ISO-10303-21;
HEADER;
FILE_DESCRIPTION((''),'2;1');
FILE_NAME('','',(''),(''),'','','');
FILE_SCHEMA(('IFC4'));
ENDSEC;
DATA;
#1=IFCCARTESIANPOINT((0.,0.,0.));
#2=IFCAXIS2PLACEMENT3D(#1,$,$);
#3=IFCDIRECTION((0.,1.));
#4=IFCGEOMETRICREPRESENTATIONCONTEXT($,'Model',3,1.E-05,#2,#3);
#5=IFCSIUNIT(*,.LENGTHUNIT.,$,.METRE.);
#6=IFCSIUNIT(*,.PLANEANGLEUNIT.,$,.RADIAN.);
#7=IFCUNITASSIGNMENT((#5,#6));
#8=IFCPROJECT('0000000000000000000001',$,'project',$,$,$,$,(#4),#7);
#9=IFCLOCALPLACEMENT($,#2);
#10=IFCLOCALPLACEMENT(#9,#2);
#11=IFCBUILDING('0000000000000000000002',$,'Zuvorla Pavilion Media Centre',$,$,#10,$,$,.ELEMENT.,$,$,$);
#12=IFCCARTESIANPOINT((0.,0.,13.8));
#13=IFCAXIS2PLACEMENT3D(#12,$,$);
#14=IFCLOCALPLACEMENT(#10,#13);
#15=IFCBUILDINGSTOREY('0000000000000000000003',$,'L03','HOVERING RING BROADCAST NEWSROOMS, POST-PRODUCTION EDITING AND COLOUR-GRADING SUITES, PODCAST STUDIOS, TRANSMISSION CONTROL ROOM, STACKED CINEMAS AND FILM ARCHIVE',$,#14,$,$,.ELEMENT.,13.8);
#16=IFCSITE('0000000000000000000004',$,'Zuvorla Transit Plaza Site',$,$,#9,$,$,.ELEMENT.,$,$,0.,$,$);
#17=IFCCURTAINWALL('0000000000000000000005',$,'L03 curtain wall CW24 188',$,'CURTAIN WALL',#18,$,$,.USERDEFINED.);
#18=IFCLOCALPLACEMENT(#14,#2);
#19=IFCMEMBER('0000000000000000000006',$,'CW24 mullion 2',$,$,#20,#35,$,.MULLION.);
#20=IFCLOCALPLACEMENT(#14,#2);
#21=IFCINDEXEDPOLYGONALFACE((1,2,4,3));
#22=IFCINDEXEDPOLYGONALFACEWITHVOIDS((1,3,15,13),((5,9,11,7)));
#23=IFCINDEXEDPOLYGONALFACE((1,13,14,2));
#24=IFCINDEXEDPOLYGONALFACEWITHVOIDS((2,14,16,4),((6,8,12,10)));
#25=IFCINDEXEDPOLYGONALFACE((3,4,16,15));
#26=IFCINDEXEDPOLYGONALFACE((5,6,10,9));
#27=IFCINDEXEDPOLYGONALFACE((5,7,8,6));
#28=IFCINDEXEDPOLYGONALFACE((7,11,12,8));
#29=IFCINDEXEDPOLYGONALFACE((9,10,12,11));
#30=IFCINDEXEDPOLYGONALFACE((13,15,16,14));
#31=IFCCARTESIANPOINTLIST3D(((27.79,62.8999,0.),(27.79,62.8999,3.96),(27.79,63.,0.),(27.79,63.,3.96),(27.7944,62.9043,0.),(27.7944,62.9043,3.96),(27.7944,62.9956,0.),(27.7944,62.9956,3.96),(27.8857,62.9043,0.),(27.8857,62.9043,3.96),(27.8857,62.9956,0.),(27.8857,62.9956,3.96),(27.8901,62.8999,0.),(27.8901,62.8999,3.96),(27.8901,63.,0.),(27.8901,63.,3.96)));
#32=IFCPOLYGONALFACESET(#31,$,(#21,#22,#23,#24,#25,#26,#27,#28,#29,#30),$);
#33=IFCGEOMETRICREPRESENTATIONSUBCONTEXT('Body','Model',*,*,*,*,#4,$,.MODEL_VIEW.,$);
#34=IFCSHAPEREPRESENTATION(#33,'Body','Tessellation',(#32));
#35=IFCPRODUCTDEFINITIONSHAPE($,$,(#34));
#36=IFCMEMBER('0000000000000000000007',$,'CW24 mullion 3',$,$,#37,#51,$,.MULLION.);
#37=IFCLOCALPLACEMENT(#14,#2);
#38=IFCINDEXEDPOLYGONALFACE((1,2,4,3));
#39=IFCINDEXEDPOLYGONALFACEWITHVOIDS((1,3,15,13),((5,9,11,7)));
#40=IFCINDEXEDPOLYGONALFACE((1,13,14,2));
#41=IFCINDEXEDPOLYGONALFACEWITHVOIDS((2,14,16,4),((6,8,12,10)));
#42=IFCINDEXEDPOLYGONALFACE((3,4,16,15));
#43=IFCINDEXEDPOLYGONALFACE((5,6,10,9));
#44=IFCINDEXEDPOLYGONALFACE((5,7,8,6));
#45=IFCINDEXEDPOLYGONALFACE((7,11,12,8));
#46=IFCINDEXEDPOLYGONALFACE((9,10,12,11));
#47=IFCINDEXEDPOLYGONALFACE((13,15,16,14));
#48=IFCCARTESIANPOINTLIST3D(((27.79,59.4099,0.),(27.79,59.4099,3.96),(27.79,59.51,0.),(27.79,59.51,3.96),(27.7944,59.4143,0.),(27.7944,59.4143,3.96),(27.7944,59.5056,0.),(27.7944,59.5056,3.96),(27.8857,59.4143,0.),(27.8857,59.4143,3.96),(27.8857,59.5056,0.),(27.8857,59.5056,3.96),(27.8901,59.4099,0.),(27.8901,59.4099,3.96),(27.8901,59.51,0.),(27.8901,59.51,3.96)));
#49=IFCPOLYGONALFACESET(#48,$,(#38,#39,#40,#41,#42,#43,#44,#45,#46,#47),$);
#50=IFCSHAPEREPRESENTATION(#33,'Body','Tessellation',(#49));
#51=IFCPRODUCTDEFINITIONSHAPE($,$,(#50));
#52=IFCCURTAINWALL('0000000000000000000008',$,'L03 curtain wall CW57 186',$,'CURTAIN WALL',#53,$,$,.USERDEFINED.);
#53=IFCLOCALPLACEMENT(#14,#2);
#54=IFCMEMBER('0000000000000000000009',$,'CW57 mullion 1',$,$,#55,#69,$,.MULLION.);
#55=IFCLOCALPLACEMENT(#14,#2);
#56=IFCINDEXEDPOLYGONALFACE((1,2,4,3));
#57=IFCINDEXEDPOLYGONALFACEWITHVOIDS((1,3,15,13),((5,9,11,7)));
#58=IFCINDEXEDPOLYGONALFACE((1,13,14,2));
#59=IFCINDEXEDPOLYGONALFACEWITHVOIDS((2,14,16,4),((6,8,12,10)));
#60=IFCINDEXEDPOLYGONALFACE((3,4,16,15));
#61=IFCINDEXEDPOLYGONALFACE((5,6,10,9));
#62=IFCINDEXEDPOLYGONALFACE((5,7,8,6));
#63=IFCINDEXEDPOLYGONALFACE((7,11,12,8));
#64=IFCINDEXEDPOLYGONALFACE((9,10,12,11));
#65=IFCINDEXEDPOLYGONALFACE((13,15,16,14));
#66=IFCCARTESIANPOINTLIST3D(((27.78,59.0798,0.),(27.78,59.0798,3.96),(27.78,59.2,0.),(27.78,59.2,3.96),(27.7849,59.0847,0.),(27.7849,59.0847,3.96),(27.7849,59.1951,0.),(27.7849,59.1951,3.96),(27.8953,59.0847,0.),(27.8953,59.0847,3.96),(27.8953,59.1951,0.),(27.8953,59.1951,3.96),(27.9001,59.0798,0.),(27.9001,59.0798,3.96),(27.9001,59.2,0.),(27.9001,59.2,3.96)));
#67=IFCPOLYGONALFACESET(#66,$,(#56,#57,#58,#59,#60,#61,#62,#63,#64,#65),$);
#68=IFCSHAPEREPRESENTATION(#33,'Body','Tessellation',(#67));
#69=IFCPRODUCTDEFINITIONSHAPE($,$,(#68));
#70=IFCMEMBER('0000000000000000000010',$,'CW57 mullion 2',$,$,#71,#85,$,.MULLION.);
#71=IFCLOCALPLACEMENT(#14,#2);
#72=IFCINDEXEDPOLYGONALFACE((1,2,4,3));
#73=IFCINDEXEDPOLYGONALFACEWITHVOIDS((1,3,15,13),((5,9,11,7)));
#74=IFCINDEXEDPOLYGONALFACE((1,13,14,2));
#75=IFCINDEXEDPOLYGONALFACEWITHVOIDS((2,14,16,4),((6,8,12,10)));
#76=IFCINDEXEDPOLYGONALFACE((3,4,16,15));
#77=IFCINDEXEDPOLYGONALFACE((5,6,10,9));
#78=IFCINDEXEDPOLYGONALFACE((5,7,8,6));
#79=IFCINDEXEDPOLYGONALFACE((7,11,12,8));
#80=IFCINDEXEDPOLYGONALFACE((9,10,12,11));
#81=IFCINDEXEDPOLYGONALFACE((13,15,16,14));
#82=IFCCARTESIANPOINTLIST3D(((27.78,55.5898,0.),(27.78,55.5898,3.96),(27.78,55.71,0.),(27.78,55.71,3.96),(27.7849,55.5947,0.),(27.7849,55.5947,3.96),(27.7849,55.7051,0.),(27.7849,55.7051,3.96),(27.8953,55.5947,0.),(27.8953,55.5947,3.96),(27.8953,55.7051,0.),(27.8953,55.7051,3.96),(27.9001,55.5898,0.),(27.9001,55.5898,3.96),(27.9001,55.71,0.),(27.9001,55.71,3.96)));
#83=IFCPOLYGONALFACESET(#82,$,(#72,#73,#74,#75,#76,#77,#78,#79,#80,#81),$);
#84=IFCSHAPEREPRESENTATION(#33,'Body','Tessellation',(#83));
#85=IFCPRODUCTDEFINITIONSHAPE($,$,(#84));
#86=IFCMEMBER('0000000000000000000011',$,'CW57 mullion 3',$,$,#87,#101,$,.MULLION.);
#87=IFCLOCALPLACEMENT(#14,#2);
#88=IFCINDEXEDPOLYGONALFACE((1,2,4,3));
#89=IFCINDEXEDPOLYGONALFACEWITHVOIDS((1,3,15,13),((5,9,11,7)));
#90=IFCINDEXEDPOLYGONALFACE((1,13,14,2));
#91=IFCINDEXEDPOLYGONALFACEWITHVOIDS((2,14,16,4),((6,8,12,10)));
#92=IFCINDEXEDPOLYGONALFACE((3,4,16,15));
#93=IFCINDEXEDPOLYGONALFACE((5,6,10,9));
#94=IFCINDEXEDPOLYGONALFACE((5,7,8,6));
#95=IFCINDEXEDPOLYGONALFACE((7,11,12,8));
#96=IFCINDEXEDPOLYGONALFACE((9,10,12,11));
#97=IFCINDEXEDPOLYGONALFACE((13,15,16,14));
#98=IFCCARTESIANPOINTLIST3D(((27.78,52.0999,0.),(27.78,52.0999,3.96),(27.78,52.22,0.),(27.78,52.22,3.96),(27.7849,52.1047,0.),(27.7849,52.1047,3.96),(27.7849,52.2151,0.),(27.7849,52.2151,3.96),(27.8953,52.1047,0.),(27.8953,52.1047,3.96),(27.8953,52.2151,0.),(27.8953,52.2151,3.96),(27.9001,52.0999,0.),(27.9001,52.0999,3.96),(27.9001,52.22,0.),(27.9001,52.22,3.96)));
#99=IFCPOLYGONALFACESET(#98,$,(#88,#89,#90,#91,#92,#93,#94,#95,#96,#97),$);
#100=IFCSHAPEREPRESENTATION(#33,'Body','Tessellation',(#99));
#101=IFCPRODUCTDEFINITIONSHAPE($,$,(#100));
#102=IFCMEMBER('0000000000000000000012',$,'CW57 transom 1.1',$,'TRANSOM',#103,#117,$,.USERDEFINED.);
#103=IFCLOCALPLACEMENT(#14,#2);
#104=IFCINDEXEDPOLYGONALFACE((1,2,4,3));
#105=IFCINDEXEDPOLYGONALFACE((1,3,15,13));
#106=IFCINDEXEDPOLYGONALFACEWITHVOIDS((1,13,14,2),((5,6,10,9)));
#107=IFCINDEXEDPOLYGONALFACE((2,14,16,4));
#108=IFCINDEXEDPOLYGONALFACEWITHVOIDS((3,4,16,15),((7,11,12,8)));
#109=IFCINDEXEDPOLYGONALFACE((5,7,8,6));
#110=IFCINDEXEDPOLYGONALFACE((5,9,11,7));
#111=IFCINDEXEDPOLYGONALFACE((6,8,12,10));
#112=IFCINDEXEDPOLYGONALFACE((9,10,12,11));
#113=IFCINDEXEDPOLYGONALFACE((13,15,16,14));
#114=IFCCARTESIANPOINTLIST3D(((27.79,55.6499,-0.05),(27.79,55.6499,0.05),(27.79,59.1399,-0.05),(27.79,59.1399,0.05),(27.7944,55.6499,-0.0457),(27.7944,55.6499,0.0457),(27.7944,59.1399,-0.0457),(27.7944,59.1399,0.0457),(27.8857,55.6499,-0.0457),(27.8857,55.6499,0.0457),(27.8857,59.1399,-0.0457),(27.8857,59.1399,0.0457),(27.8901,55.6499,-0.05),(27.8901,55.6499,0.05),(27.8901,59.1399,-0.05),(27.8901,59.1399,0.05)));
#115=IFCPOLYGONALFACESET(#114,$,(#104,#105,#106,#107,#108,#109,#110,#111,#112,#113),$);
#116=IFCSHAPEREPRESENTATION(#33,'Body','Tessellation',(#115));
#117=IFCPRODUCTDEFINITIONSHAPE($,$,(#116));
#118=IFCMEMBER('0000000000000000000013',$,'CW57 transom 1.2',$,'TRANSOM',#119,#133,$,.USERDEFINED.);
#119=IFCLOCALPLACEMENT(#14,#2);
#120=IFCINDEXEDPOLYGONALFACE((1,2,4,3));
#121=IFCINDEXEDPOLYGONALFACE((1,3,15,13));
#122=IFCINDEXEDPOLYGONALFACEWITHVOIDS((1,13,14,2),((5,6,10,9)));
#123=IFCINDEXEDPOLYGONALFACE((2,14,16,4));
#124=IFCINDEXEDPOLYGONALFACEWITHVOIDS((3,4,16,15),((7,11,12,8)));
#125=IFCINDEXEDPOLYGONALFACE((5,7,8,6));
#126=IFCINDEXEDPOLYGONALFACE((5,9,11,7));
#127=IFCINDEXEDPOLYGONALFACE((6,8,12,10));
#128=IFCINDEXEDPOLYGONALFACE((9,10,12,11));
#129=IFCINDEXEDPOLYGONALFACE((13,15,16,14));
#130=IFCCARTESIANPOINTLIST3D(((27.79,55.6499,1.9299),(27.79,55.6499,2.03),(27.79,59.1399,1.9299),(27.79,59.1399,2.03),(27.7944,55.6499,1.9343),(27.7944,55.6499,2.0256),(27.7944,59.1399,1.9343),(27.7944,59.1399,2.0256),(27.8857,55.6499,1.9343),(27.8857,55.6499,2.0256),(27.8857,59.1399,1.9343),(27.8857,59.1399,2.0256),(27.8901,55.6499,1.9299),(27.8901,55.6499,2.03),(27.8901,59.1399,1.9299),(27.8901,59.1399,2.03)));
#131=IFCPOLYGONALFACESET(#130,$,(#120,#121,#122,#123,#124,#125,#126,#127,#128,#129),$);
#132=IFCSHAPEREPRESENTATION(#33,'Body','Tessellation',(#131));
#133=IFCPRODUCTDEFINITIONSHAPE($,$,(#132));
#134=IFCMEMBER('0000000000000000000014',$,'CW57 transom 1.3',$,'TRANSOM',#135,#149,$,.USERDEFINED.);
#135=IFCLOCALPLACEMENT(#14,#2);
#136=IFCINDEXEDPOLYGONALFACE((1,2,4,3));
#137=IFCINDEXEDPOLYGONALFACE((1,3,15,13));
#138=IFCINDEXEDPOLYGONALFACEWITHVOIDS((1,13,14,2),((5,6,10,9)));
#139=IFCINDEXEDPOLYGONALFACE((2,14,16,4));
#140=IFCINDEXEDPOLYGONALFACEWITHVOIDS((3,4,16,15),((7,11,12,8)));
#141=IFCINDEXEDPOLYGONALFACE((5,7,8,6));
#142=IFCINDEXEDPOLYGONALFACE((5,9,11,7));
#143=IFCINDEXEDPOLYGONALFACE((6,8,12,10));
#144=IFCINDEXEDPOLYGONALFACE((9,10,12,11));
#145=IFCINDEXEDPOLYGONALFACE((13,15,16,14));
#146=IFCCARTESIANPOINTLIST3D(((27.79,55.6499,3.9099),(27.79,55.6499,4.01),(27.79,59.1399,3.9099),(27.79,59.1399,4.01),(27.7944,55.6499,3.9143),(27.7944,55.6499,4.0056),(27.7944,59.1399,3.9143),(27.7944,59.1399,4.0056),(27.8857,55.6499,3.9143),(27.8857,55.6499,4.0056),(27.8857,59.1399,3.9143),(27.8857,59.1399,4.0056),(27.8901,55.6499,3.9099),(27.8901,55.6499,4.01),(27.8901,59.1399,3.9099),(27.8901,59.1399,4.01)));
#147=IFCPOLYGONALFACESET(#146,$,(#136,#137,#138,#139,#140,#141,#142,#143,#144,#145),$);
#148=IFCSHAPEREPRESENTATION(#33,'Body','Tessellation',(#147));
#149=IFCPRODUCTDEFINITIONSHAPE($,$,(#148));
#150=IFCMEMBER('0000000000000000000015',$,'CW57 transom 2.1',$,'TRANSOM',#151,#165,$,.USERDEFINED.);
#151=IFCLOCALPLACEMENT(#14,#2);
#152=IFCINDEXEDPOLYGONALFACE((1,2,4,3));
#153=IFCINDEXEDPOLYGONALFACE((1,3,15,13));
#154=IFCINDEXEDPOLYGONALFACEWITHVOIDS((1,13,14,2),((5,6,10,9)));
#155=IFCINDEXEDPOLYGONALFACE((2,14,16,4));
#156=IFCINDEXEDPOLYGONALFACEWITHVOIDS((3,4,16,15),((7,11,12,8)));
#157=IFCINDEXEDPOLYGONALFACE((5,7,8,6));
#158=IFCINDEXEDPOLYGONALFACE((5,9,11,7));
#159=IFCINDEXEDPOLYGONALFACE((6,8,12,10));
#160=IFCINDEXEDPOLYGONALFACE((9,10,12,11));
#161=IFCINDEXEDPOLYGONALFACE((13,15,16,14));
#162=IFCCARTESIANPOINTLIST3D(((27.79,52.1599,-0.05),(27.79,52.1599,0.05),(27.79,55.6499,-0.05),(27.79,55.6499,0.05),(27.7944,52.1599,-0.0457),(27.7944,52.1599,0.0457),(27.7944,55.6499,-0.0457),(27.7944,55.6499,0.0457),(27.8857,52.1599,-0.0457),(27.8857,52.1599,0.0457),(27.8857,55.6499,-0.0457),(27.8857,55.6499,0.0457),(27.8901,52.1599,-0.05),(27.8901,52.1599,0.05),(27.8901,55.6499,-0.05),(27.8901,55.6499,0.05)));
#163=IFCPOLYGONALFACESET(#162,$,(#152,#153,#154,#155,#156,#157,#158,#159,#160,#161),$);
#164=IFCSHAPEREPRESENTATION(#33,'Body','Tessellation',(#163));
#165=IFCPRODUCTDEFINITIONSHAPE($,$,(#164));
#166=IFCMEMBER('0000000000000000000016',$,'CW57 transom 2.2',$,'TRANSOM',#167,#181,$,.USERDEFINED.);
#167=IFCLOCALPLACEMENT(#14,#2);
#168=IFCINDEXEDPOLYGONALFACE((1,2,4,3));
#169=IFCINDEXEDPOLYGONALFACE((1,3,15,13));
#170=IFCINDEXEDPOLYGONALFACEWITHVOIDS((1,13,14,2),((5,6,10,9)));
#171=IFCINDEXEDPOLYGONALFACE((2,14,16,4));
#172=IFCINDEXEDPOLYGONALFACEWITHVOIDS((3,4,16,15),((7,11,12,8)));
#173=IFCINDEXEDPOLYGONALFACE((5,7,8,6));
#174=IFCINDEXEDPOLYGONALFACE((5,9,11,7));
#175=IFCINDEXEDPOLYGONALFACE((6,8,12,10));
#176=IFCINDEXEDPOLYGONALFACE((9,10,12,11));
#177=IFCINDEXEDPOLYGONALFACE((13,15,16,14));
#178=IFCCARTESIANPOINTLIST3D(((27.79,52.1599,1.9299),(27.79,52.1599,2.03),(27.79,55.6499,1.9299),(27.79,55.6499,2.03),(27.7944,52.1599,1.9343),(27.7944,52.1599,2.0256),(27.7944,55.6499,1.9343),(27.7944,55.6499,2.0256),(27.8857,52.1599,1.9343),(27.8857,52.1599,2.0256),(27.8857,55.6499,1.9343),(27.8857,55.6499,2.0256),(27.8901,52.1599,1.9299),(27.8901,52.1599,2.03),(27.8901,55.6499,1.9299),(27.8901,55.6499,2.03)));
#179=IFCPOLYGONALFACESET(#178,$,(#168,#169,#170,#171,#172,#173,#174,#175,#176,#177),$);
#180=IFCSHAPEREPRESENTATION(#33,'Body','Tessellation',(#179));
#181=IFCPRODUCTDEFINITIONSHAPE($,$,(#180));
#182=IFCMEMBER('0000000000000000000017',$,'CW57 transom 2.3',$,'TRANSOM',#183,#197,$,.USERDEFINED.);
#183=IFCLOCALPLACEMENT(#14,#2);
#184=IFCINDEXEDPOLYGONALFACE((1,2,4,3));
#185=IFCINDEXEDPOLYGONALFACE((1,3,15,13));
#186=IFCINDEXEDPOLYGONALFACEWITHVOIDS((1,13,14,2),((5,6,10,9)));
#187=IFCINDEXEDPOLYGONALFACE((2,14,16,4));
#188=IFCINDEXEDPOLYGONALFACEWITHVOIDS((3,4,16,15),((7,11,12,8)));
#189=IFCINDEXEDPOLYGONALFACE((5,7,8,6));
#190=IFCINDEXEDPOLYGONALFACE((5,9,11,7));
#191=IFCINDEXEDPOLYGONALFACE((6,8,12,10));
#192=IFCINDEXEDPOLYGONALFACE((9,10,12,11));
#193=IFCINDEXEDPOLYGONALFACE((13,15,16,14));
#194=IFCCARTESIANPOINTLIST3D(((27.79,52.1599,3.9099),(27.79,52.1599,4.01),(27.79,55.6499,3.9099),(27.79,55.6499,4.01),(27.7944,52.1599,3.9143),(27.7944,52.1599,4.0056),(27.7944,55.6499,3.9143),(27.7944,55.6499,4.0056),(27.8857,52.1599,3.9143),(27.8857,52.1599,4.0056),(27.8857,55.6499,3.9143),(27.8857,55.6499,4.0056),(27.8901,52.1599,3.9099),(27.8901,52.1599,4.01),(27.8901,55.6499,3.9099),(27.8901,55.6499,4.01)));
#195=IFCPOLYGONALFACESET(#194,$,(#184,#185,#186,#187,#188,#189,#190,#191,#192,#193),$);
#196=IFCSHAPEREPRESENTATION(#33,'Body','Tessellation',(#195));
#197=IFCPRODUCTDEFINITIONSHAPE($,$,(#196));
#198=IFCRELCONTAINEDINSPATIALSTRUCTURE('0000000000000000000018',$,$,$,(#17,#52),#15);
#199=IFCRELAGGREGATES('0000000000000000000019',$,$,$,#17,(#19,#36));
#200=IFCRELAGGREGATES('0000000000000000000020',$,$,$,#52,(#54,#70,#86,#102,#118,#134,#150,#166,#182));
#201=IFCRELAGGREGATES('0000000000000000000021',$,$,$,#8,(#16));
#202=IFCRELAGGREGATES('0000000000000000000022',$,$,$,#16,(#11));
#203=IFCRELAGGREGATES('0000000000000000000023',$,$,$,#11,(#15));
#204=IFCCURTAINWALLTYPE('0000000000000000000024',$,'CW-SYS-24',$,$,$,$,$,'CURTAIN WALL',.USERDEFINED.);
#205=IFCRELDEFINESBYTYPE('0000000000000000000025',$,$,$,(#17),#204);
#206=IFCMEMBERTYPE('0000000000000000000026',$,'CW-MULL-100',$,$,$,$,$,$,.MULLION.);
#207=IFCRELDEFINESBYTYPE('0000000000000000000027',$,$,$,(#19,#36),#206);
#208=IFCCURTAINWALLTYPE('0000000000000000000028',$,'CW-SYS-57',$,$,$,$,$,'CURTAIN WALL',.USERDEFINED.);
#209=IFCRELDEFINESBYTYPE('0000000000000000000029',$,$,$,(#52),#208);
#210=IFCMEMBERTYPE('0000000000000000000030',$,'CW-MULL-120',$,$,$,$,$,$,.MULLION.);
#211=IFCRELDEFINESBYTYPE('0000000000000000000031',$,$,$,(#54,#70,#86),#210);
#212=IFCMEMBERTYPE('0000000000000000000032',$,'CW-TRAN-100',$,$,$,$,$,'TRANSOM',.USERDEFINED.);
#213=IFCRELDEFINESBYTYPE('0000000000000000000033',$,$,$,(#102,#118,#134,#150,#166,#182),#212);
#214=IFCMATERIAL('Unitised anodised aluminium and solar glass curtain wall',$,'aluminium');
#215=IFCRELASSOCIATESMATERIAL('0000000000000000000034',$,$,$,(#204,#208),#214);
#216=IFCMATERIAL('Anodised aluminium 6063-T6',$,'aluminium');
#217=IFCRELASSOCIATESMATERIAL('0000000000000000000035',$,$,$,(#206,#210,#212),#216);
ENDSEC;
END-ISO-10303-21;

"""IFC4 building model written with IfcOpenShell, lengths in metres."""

from ifc_helpers import new_model, si_unit, direction, frame, origin, origin_2d, place, context, subcontext, project, spatial, hollow_rectangle, extrude, material, material_profile, profile_set, type_object, element, aggregate, save


model = new_model("IFC4")

# Units and contexts
model_context = context("Model", 3, precision=1e-05, world=origin(), true_north=direction((0.0, 1.0)))
body_context = subcontext(model_context, "Body", "Model", "MODEL_VIEW")
ifc_project = project(units=[si_unit("LENGTHUNIT", "METRE"), si_unit("PLANEANGLEUNIT", "RADIAN")], contexts=[model_context])

# Site, building, storey
site_placement = place(None, origin())
site = spatial("IfcSite", under=ifc_project, at=site_placement, Name="Zuvorla Transit Plaza Site", CompositionType="ELEMENT", RefElevation=0.0)
building_placement = place(site_placement, origin())
building = spatial("IfcBuilding", under=site, at=building_placement, Name="Zuvorla Pavilion Media Centre", CompositionType="ELEMENT")
storey_placement = place(building_placement, frame((0.0, 0.0, 13.8)))
storey = spatial("IfcBuildingStorey", under=building, at=storey_placement, Name="L03", Description="HOVERING RING BROADCAST NEWSROOMS, POST-PRODUCTION EDITING AND COLOUR-GRADING SUITES, PODCAST STUDIOS, TRANSMISSION CONTROL ROOM, STACKED CINEMAS AND FILM ARCHIVE", CompositionType="ELEMENT", Elevation=13.8)

# Curtain walls, members
ifc_material_1 = material(Name="Unitised anodised aluminium and solar glass curtain wall", Category="aluminium")
curtain_wall_type_1 = type_object("IfcCurtainWallType", Name="CW-SYS-24", ElementType="CURTAIN WALL", PredefinedType="USERDEFINED", material=ifc_material_1)
curtain_wall_1_placement = place(storey_placement, origin())
curtain_wall_1 = element("IfcCurtainWall", 1, at=curtain_wall_1_placement, inside=storey, type_object=curtain_wall_type_1, Name="L03 curtain wall CW24 188", ObjectType="CURTAIN WALL", PredefinedType="USERDEFINED")
ifc_material_2 = material(Name="Anodised aluminium 6063-T6", Category="aluminium")
ifc_material_profile_1 = material_profile(ifc_material_2, hollow_rectangle(XDim=0.1001, YDim=0.1001, WallThickness=0.0044, at=origin_2d()), Name="ALU MULL 100x100")
ifc_profile_set_1 = profile_set([ifc_material_profile_1], Name="Anodised aluminium 6063-T6")
member_type_1 = type_object("IfcMemberType", Name="CW-MULL-100", PredefinedType="MULLION", material=ifc_profile_set_1)
member_1_placement = place(storey_placement, frame((27.8401, 62.95, 0.0), z_axis=(0.0, 0.0, 1.0), x_axis=(1.0, 0.0, 0.0)))
member_1 = element("IfcMember", 2, at=member_1_placement, type_object=member_type_1, Name="CW24 mullion 2", PredefinedType="MULLION", context=body_context, shape_type="SweptSolid", body=[
    extrude(hollow_rectangle(XDim=0.1001, YDim=0.1001, WallThickness=0.0044, at=origin_2d()), origin(), (0.0, 0.0, 1.0), 3.96),
])
member_2_placement = place(storey_placement, frame((27.8401, 59.46, 0.0), z_axis=(0.0, 0.0, 1.0), x_axis=(1.0, 0.0, 0.0)))
member_2 = element("IfcMember", 3, at=member_2_placement, type_object=member_type_1, Name="CW24 mullion 3", PredefinedType="MULLION", context=body_context, shape_type="SweptSolid", body=[
    extrude(hollow_rectangle(XDim=0.1001, YDim=0.1001, WallThickness=0.0044, at=origin_2d()), origin(), (0.0, 0.0, 1.0), 3.96),
])
curtain_wall_type_2 = type_object("IfcCurtainWallType", Name="CW-SYS-57", ElementType="CURTAIN WALL", PredefinedType="USERDEFINED", material=ifc_material_1)
curtain_wall_2_placement = place(storey_placement, origin())
curtain_wall_2 = element("IfcCurtainWall", 4, at=curtain_wall_2_placement, inside=storey, type_object=curtain_wall_type_2, Name="L03 curtain wall CW57 186", ObjectType="CURTAIN WALL", PredefinedType="USERDEFINED")
ifc_material_profile_2 = material_profile(ifc_material_2, hollow_rectangle(XDim=0.1201, YDim=0.1201, WallThickness=0.0049, at=origin_2d()), Name="ALU MULL 120x120")
ifc_profile_set_2 = profile_set([ifc_material_profile_2], Name="Anodised aluminium 6063-T6")
member_type_2 = type_object("IfcMemberType", Name="CW-MULL-120", PredefinedType="MULLION", material=ifc_profile_set_2)
member_3_placement = place(storey_placement, frame((27.8401, 59.1399, 0.0), z_axis=(0.0, 0.0, 1.0), x_axis=(1.0, 0.0, 0.0)))
member_3 = element("IfcMember", 5, at=member_3_placement, type_object=member_type_2, Name="CW57 mullion 1", PredefinedType="MULLION", context=body_context, shape_type="SweptSolid", body=[
    extrude(hollow_rectangle(XDim=0.1201, YDim=0.1201, WallThickness=0.0049, at=origin_2d()), origin(), (0.0, 0.0, 1.0), 3.96),
])
member_4_placement = place(storey_placement, frame((27.8401, 55.6499, 0.0), z_axis=(0.0, 0.0, 1.0), x_axis=(1.0, 0.0, 0.0)))
member_4 = element("IfcMember", 6, at=member_4_placement, type_object=member_type_2, Name="CW57 mullion 2", PredefinedType="MULLION", context=body_context, shape_type="SweptSolid", body=[
    extrude(hollow_rectangle(XDim=0.1201, YDim=0.1201, WallThickness=0.0049, at=origin_2d()), origin(), (0.0, 0.0, 1.0), 3.96),
])
member_5_placement = place(storey_placement, frame((27.8401, 52.1599, 0.0), z_axis=(0.0, 0.0, 1.0), x_axis=(1.0, 0.0, 0.0)))
member_5 = element("IfcMember", 7, at=member_5_placement, type_object=member_type_2, Name="CW57 mullion 3", PredefinedType="MULLION", context=body_context, shape_type="SweptSolid", body=[
    extrude(hollow_rectangle(XDim=0.1201, YDim=0.1201, WallThickness=0.0049, at=origin_2d()), origin(), (0.0, 0.0, 1.0), 3.96),
])
ifc_material_profile_3 = material_profile(ifc_material_2, hollow_rectangle(XDim=0.1001, YDim=0.1001, WallThickness=0.0044, at=origin_2d()), Name="ALU TRAN 100x100")
ifc_profile_set_3 = profile_set([ifc_material_profile_3], Name="Anodised aluminium 6063-T6")
member_type_3 = type_object("IfcMemberType", Name="CW-TRAN-100", ElementType="TRANSOM", PredefinedType="USERDEFINED", material=ifc_profile_set_3)
member_6_placement = place(storey_placement, frame((27.8401, 59.1399, 0.0), z_axis=(0.0, -1.0, 0.0), x_axis=(1.0, 0.0, 0.0)))
member_6 = element("IfcMember", 8, at=member_6_placement, type_object=member_type_3, Name="CW57 transom 1.1", ObjectType="TRANSOM", PredefinedType="USERDEFINED", context=body_context, shape_type="SweptSolid", body=[
    extrude(hollow_rectangle(XDim=0.1001, YDim=0.1001, WallThickness=0.0044, at=origin_2d()), origin(), (0.0, 0.0, 1.0), 3.49),
])
member_7_placement = place(storey_placement, frame((27.8401, 59.1399, 1.98), z_axis=(0.0, -1.0, 0.0), x_axis=(1.0, 0.0, 0.0)))
member_7 = element("IfcMember", 9, at=member_7_placement, type_object=member_type_3, Name="CW57 transom 1.2", ObjectType="TRANSOM", PredefinedType="USERDEFINED", context=body_context, shape_type="SweptSolid", body=[
    extrude(hollow_rectangle(XDim=0.1001, YDim=0.1001, WallThickness=0.0044, at=origin_2d()), origin(), (0.0, 0.0, 1.0), 3.49),
])
member_8_placement = place(storey_placement, frame((27.8401, 59.1399, 3.96), z_axis=(0.0, -1.0, 0.0), x_axis=(1.0, 0.0, 0.0)))
member_8 = element("IfcMember", 10, at=member_8_placement, type_object=member_type_3, Name="CW57 transom 1.3", ObjectType="TRANSOM", PredefinedType="USERDEFINED", context=body_context, shape_type="SweptSolid", body=[
    extrude(hollow_rectangle(XDim=0.1001, YDim=0.1001, WallThickness=0.0044, at=origin_2d()), origin(), (0.0, 0.0, 1.0), 3.49),
])
member_9_placement = place(storey_placement, frame((27.8401, 55.6499, 0.0), z_axis=(0.0, -1.0, 0.0), x_axis=(1.0, 0.0, 0.0)))
member_9 = element("IfcMember", 11, at=member_9_placement, type_object=member_type_3, Name="CW57 transom 2.1", ObjectType="TRANSOM", PredefinedType="USERDEFINED", context=body_context, shape_type="SweptSolid", body=[
    extrude(hollow_rectangle(XDim=0.1001, YDim=0.1001, WallThickness=0.0044, at=origin_2d()), origin(), (0.0, 0.0, 1.0), 3.49),
])
member_10_placement = place(storey_placement, frame((27.8401, 55.6499, 1.98), z_axis=(0.0, -1.0, 0.0), x_axis=(1.0, 0.0, 0.0)))
member_10 = element("IfcMember", 12, at=member_10_placement, type_object=member_type_3, Name="CW57 transom 2.2", ObjectType="TRANSOM", PredefinedType="USERDEFINED", context=body_context, shape_type="SweptSolid", body=[
    extrude(hollow_rectangle(XDim=0.1001, YDim=0.1001, WallThickness=0.0044, at=origin_2d()), origin(), (0.0, 0.0, 1.0), 3.49),
])
member_11_placement = place(storey_placement, frame((27.8401, 55.6499, 3.96), z_axis=(0.0, -1.0, 0.0), x_axis=(1.0, 0.0, 0.0)))
member_11 = element("IfcMember", 13, at=member_11_placement, type_object=member_type_3, Name="CW57 transom 2.3", ObjectType="TRANSOM", PredefinedType="USERDEFINED", context=body_context, shape_type="SweptSolid", body=[
    extrude(hollow_rectangle(XDim=0.1001, YDim=0.1001, WallThickness=0.0044, at=origin_2d()), origin(), (0.0, 0.0, 1.0), 3.49),
])

aggregate(curtain_wall_1, [member_1, member_2])
aggregate(curtain_wall_2, [member_3, member_4, member_5, member_6, member_7, member_8, member_9, member_10, member_11])

save(model, "model.ifc")
